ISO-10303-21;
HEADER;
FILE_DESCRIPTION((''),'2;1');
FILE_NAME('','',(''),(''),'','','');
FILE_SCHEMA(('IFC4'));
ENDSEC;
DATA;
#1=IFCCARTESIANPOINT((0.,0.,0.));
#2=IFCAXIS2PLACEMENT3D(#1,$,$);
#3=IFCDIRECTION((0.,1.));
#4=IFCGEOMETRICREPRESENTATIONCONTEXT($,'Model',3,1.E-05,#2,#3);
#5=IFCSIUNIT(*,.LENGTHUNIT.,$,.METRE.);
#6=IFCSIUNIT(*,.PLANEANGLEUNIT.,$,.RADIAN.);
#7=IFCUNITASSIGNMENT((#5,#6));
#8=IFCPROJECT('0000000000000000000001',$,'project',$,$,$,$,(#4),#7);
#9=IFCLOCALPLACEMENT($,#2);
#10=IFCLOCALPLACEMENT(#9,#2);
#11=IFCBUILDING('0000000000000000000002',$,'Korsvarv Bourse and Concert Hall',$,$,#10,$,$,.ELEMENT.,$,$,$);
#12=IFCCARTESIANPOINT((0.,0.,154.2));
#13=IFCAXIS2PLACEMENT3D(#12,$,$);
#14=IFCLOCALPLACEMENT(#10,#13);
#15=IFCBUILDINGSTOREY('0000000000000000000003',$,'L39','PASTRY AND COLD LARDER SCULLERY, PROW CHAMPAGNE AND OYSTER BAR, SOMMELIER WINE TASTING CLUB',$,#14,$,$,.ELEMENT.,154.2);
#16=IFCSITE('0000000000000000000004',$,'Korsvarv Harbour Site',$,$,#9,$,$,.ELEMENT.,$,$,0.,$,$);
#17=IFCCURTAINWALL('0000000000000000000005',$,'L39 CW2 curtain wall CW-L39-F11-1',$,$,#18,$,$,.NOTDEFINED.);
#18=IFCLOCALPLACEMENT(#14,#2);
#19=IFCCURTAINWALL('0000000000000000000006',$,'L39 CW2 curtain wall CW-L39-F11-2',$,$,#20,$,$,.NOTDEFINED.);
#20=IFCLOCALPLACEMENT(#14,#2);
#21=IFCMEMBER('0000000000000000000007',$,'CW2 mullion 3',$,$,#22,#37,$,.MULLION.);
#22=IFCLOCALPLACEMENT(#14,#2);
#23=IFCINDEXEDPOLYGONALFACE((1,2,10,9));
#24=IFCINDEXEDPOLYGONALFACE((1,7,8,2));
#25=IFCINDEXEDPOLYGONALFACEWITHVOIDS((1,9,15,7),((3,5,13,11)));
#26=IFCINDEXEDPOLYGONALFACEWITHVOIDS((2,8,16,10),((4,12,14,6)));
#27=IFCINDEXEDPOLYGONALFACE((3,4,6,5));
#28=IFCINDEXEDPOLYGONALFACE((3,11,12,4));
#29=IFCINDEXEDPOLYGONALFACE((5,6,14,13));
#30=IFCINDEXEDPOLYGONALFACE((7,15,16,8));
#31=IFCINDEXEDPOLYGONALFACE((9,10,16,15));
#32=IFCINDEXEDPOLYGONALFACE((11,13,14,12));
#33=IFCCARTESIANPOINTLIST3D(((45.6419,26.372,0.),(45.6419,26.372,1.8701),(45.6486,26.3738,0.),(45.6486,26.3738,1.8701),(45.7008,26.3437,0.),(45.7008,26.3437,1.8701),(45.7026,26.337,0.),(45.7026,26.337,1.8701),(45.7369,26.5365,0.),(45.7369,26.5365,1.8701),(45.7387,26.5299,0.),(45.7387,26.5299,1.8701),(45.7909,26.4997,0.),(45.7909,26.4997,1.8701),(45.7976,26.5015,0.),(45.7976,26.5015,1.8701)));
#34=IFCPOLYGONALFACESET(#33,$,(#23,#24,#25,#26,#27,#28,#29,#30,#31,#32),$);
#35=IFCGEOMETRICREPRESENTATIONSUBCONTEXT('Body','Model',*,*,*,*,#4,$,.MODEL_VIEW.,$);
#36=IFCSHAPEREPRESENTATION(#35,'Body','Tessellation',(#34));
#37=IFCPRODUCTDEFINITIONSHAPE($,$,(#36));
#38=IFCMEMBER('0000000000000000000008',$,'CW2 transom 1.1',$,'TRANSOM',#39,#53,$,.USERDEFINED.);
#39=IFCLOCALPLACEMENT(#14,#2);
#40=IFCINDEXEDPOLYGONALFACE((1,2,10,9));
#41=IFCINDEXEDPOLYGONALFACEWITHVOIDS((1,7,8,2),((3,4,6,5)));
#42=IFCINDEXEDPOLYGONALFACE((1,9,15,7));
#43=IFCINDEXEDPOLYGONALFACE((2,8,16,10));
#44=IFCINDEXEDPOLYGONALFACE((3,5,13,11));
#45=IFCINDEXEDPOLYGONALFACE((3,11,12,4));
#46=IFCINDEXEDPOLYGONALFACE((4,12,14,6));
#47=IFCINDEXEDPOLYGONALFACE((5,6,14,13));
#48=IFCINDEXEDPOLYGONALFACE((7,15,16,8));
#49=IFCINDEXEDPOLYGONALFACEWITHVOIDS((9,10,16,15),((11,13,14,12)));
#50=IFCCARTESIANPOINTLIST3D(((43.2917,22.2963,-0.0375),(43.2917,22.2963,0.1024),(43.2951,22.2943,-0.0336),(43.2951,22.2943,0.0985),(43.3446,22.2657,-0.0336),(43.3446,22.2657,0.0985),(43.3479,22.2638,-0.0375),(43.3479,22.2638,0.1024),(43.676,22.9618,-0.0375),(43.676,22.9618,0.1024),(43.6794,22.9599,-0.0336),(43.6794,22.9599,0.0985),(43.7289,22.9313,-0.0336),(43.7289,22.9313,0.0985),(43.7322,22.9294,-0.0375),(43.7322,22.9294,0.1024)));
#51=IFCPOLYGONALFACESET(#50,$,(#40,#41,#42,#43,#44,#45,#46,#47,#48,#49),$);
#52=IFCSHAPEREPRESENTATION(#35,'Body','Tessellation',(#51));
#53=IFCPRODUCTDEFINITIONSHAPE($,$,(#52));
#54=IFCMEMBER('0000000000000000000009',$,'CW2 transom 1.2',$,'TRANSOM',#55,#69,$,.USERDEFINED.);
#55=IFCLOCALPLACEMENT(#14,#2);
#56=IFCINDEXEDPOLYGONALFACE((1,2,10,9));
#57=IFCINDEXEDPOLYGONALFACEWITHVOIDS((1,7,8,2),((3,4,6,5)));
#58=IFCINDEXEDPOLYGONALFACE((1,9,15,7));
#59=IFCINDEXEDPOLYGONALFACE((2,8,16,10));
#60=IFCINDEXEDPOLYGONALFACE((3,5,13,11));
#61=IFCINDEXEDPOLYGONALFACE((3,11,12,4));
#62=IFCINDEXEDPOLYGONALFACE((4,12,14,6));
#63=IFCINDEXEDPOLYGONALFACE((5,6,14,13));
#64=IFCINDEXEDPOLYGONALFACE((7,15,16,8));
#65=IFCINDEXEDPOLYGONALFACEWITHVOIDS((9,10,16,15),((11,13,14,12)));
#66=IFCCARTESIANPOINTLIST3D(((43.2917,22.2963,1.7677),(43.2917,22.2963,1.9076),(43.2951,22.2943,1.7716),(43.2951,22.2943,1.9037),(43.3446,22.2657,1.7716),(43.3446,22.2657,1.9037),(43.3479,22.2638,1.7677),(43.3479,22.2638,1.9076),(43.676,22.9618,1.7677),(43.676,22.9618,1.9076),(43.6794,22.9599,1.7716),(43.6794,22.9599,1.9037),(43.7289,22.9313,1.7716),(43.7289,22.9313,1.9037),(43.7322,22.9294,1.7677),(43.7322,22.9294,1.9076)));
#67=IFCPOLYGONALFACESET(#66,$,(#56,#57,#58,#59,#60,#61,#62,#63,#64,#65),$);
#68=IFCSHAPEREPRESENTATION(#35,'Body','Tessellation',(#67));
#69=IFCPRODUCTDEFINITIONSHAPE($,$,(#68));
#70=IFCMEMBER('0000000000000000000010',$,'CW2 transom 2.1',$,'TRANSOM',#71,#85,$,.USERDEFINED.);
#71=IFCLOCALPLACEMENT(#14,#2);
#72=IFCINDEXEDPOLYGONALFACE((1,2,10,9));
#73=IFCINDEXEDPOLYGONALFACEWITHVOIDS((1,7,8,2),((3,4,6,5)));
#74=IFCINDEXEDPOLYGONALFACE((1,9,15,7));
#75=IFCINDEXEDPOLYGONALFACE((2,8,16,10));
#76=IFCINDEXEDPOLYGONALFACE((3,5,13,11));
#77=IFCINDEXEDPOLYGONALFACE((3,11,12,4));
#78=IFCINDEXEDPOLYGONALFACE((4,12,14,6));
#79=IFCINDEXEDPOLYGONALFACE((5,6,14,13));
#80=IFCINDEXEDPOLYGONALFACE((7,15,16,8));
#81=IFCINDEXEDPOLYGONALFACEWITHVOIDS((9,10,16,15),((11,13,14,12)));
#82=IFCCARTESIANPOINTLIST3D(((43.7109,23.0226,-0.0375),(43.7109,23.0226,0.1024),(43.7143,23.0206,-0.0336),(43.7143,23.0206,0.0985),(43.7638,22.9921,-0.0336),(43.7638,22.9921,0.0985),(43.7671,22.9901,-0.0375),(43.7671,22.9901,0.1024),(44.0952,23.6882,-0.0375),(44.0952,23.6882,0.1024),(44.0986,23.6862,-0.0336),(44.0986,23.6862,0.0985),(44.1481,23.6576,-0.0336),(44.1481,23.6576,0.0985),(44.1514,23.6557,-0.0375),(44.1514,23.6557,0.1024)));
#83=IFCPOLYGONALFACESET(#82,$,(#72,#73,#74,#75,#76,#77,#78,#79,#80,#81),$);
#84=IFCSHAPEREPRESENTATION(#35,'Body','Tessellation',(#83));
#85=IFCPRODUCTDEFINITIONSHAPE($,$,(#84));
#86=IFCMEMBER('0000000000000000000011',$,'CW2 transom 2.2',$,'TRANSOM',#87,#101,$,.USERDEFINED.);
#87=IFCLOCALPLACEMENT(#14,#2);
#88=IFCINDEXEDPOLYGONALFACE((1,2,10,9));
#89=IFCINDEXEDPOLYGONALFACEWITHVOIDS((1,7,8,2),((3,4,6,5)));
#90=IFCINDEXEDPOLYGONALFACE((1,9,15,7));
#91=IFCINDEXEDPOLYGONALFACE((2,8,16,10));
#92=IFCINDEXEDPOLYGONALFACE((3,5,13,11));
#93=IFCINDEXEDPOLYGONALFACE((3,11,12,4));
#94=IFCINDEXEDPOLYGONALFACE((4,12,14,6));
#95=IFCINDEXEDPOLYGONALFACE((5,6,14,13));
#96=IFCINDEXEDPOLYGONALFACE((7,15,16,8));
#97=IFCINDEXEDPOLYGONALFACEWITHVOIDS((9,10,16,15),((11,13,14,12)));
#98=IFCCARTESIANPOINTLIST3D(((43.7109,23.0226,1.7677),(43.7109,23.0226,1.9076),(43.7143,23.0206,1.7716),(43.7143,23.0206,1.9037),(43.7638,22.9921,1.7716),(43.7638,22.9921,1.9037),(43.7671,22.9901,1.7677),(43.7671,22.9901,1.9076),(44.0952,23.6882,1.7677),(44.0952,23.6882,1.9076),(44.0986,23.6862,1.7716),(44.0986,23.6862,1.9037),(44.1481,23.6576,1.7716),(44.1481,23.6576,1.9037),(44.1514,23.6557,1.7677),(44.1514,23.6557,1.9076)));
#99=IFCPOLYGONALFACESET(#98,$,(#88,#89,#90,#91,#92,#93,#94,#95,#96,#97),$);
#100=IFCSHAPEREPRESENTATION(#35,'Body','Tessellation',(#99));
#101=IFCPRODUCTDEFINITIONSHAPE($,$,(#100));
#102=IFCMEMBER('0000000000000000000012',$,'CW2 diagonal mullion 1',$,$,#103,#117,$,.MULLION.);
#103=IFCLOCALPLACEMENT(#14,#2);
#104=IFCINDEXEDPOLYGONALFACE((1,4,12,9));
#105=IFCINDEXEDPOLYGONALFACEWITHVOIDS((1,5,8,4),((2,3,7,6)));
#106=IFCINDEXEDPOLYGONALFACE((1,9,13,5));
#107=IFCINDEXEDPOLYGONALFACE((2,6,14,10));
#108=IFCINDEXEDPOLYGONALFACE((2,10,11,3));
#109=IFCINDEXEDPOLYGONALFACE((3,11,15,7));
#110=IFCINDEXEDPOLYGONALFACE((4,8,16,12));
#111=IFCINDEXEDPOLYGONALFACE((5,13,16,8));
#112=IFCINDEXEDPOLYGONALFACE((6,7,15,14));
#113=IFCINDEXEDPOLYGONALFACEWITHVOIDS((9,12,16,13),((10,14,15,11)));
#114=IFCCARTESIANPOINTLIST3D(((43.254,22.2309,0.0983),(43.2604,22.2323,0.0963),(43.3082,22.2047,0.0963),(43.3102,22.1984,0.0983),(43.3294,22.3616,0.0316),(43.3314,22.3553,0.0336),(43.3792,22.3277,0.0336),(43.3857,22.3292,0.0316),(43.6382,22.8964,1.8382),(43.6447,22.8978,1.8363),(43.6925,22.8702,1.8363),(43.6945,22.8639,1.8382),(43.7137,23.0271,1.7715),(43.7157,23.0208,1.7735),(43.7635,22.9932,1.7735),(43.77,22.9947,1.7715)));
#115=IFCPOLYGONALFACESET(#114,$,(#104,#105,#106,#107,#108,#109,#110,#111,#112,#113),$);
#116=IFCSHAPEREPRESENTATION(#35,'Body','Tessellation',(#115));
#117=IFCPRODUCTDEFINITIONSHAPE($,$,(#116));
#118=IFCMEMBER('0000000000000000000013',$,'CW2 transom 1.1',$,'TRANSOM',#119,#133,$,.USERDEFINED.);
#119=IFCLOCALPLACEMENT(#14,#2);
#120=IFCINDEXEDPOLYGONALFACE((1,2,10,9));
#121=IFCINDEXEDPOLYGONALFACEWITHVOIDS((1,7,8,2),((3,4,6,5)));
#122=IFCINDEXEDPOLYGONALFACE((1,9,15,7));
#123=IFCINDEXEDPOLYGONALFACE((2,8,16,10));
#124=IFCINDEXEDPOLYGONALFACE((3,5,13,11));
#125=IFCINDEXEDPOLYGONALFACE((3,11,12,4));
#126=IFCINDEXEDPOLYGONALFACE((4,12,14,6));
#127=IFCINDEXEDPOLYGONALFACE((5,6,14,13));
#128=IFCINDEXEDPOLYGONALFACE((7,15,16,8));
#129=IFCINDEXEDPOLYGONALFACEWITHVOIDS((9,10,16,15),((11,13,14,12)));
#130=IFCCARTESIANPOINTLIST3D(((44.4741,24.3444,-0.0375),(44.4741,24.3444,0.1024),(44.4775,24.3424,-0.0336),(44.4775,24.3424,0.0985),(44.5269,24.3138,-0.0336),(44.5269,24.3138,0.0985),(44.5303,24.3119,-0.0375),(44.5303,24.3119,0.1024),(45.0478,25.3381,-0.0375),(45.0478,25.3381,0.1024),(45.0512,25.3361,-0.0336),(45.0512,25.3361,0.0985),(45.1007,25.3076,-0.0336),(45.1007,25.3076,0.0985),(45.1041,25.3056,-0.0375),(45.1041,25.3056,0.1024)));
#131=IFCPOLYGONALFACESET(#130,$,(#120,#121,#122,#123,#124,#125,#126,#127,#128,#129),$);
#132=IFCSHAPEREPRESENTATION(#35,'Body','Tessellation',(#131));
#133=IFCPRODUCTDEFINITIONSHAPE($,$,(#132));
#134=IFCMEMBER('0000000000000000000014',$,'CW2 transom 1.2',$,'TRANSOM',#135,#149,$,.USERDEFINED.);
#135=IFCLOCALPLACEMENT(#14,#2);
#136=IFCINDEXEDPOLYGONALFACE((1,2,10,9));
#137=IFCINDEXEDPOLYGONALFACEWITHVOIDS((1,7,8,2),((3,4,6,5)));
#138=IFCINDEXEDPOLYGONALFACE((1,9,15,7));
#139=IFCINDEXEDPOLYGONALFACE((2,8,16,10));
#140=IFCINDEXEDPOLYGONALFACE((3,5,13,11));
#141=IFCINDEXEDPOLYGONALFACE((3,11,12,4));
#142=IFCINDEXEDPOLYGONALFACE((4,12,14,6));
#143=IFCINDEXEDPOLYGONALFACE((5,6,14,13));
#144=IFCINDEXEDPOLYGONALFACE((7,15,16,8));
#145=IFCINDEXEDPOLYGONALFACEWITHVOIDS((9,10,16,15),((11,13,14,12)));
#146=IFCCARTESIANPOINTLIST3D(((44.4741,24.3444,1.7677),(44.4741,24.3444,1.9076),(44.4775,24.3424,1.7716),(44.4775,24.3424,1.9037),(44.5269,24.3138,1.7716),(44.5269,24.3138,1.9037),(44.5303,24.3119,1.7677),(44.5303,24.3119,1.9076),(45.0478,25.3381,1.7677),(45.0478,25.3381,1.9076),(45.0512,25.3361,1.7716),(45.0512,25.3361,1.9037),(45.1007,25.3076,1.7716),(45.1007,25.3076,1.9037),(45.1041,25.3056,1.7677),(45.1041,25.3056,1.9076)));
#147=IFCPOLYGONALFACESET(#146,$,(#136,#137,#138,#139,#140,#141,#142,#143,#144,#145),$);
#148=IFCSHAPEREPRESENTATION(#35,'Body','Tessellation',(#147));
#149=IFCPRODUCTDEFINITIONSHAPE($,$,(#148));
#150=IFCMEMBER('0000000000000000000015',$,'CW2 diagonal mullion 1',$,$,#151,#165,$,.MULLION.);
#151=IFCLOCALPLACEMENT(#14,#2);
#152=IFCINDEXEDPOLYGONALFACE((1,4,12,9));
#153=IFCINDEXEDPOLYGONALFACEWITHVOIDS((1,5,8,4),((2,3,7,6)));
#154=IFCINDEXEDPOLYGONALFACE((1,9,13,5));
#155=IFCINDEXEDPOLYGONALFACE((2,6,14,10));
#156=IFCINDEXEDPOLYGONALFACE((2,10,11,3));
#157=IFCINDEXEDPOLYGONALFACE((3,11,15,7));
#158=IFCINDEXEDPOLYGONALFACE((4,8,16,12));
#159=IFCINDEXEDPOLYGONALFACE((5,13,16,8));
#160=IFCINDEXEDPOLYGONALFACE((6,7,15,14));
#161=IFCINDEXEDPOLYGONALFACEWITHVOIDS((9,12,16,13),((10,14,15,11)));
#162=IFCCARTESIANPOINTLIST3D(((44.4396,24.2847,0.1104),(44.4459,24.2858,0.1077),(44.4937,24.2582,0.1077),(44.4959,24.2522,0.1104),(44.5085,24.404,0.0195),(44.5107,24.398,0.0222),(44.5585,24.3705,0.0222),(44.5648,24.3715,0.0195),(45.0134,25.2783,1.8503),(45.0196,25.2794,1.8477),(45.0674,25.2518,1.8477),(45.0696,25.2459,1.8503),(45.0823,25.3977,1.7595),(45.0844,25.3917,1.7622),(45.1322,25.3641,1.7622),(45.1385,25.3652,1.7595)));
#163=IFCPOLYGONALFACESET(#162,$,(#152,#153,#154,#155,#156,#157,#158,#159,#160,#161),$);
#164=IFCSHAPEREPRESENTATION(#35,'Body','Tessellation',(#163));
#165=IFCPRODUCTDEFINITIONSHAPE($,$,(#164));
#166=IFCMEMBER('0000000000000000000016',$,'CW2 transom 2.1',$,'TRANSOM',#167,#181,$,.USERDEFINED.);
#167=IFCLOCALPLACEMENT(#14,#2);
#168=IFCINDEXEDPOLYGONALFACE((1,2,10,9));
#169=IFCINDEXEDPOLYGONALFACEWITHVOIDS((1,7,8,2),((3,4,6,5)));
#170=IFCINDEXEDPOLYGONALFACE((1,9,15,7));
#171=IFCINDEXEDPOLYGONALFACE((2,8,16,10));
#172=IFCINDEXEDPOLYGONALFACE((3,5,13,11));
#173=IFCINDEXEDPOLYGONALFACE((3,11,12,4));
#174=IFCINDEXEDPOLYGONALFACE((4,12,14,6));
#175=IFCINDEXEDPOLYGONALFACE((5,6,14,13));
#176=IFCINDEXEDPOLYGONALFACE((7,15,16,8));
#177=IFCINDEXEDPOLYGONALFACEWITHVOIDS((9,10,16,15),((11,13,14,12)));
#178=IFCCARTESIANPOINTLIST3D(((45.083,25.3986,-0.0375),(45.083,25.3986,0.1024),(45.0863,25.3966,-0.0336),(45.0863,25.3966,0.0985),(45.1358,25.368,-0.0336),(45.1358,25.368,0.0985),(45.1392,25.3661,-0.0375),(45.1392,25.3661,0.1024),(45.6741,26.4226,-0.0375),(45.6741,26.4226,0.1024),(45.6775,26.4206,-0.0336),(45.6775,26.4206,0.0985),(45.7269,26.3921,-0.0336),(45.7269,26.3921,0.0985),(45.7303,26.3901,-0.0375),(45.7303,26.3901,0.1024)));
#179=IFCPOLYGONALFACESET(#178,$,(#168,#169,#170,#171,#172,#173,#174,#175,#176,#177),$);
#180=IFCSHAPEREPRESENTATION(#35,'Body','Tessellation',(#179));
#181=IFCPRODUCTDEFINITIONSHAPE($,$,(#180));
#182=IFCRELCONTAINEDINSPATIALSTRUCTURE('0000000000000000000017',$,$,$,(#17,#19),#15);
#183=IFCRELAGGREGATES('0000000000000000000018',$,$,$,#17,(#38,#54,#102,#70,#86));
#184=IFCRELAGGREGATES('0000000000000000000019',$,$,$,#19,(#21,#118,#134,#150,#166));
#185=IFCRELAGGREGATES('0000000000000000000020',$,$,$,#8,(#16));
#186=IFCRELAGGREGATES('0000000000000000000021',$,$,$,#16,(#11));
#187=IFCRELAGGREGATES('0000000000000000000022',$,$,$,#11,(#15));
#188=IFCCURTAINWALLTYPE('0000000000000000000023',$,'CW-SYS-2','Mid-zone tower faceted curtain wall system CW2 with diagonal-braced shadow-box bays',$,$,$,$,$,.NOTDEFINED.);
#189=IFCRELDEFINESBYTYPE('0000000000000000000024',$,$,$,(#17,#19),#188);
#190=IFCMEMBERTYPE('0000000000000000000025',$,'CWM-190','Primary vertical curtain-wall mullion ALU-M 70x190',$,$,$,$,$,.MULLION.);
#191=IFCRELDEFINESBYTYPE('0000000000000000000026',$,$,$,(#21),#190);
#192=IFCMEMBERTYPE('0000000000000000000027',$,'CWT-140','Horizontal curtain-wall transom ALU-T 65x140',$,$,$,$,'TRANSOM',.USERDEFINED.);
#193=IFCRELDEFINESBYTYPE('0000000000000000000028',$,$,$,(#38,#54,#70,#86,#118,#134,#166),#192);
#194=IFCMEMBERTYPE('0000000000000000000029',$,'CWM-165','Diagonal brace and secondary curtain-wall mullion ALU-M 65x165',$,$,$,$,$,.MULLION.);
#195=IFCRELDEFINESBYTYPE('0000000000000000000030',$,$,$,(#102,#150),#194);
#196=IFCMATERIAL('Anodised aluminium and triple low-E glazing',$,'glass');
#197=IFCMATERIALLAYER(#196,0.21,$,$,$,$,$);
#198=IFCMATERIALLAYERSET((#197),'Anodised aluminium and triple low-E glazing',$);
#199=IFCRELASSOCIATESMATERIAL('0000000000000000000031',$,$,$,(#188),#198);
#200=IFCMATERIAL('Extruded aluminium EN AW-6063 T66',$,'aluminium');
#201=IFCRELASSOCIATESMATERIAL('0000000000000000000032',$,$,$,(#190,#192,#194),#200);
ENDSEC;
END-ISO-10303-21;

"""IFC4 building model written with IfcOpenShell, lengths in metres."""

from ifc_helpers import new_model, si_unit, direction, frame, origin, origin_2d, place, context, subcontext, project, spatial, hollow_rectangle, extrude, source, transform, mapped, material, layer, layer_set, material_profile, profile_set, type_object, element, aggregate, save


model = new_model("IFC4")

# Units and contexts
model_context = context("Model", 3, precision=1e-05, world=origin(), true_north=direction((0.0, 1.0)))
body_context = subcontext(model_context, "Body", "Model", "MODEL_VIEW")
ifc_project = project(units=[si_unit("LENGTHUNIT", "METRE"), si_unit("PLANEANGLEUNIT", "RADIAN")], contexts=[model_context])

# Site, building, storey
site_placement = place(None, origin())
site = spatial("IfcSite", under=ifc_project, at=site_placement, Name="Korsvarv Harbour Site", CompositionType="ELEMENT", RefElevation=0.0)
building_placement = place(site_placement, origin())
building = spatial("IfcBuilding", under=site, at=building_placement, Name="Korsvarv Bourse and Concert Hall", CompositionType="ELEMENT")
storey_placement = place(building_placement, frame((0.0, 0.0, 154.2)))
storey = spatial("IfcBuildingStorey", under=building, at=storey_placement, Name="L39", Description="PASTRY AND COLD LARDER SCULLERY, PROW CHAMPAGNE AND OYSTER BAR, SOMMELIER WINE TASTING CLUB", CompositionType="ELEMENT", Elevation=154.2)

# Curtain walls, member
ifc_material_1 = material(Name="Anodised aluminium and triple low-E glazing", Category="glass")
ifc_layer_1 = layer(ifc_material_1, 0.21)
ifc_layer_set_1 = layer_set([ifc_layer_1], Name="Anodised aluminium and triple low-E glazing")
curtain_wall_type = type_object("IfcCurtainWallType", Name="CW-SYS-2", Description="Mid-zone tower faceted curtain wall system CW2 with diagonal-braced shadow-box bays", PredefinedType="NOTDEFINED", material=ifc_layer_set_1)
curtain_wall_1_placement = place(storey_placement, origin())
curtain_wall_1 = element("IfcCurtainWall", 1, at=curtain_wall_1_placement, inside=storey, type_object=curtain_wall_type, Name="L39 CW2 curtain wall CW-L39-F11-1", PredefinedType="NOTDEFINED")
ifc_material_2 = material(Name="Extruded aluminium EN AW-6063 T66", Category="aluminium")
ifc_material_profile_1 = material_profile(ifc_material_2, hollow_rectangle(XDim=0.0701, YDim=0.1899, WallThickness=0.0049, at=origin_2d()), Name="ALU-M 70x190")
ifc_profile_set_1 = profile_set([ifc_material_profile_1], Name="Extruded aluminium EN AW-6063 T66")
member_type_1 = type_object("IfcMemberType", Name="CWM-190", Description="Primary vertical curtain-wall mullion ALU-M 70x190", PredefinedType="MULLION", material=ifc_profile_set_1)
shared_shape_1 = source(origin(), body_context, "Body", "SweptSolid", [
    extrude(hollow_rectangle(XDim=0.0701, YDim=0.1899, WallThickness=0.0049, at=origin_2d()), origin(), (0.0, 0.0, 1.0), 1.8701),
])
curtain_wall_2_placement = place(storey_placement, origin())
curtain_wall_2 = element("IfcCurtainWall", 2, at=curtain_wall_2_placement, inside=storey, type_object=curtain_wall_type, Name="L39 CW2 curtain wall CW-L39-F11-2", PredefinedType="NOTDEFINED")
member_1_placement = place(storey_placement, frame((45.7197, 26.4368, 0.0), z_axis=(0.0, 0.0, 1.0), x_axis=(-0.866023, 0.500005, 0.0)))
member_1 = element("IfcMember", 3, at=member_1_placement, type_object=member_type_1, Name="CW2 mullion 3", PredefinedType="MULLION", context=body_context, shape_type="MappedRepresentation", body=[
    mapped(shared_shape_1, transform((0.0, 0.0, 0.0), scale=1.0)),
])

# Members
ifc_material_profile_2 = material_profile(ifc_material_2, hollow_rectangle(XDim=0.0649, YDim=0.1399, WallThickness=0.0039, at=origin_2d()), Name="ALU-T 65x140")
ifc_profile_set_2 = profile_set([ifc_material_profile_2], Name="Extruded aluminium EN AW-6063 T66")
member_type_2 = type_object("IfcMemberType", Name="CWT-140", Description="Horizontal curtain-wall transom ALU-T 65x140", ElementType="TRANSOM", PredefinedType="USERDEFINED", material=ifc_profile_set_2)
shared_shape_2 = source(origin(), body_context, "Body", "SweptSolid", [
    extrude(hollow_rectangle(XDim=0.0649, YDim=0.1399, WallThickness=0.0039, at=origin_2d()), origin(), (0.0, 0.0, 1.0), 0.7686),
])
member_2_placement = place(storey_placement, frame((43.3198, 22.28, 0.0325), z_axis=(0.500034, 0.866006, 0.0), x_axis=(-0.866006, 0.500034, 0.0)))
member_2 = element("IfcMember", 4, at=member_2_placement, type_object=member_type_2, Name="CW2 transom 1.1", ObjectType="TRANSOM", PredefinedType="USERDEFINED", context=body_context, shape_type="MappedRepresentation", body=[
    mapped(shared_shape_2, transform((0.0, 0.0, 0.0), scale=1.0)),
])
member_3_placement = place(storey_placement, frame((43.3198, 22.28, 1.8376), z_axis=(0.500034, 0.866006, 0.0), x_axis=(-0.866006, 0.500034, 0.0)))
member_3 = element("IfcMember", 5, at=member_3_placement, type_object=member_type_2, Name="CW2 transom 1.2", ObjectType="TRANSOM", PredefinedType="USERDEFINED", context=body_context, shape_type="MappedRepresentation", body=[
    mapped(shared_shape_2, transform((0.0, 0.0, 0.0), scale=1.0)),
])
member_4_placement = place(storey_placement, frame((43.739, 23.0063, 0.0325), z_axis=(0.500034, 0.866006, 0.0), x_axis=(-0.866006, 0.500034, 0.0)))
member_4 = element("IfcMember", 6, at=member_4_placement, type_object=member_type_2, Name="CW2 transom 2.1", ObjectType="TRANSOM", PredefinedType="USERDEFINED", context=body_context, shape_type="MappedRepresentation", body=[
    mapped(shared_shape_2, transform((0.0, 0.0, 0.0), scale=1.0)),
])
member_5_placement = place(storey_placement, frame((43.739, 23.0063, 1.8376), z_axis=(0.500034, 0.866006, 0.0), x_axis=(-0.866006, 0.500034, 0.0)))
member_5 = element("IfcMember", 7, at=member_5_placement, type_object=member_type_2, Name="CW2 transom 2.2", ObjectType="TRANSOM", PredefinedType="USERDEFINED", context=body_context, shape_type="MappedRepresentation", body=[
    mapped(shared_shape_2, transform((0.0, 0.0, 0.0), scale=1.0)),
])
ifc_material_profile_3 = material_profile(ifc_material_2, hollow_rectangle(XDim=0.0649, YDim=0.165, WallThickness=0.0049, at=origin_2d()), Name="ALU-M 65x165")
ifc_profile_set_3 = profile_set([ifc_material_profile_3], Name="Extruded aluminium EN AW-6063 T66")
member_type_3 = type_object("IfcMemberType", Name="CWM-165", Description="Diagonal brace and secondary curtain-wall mullion ALU-M 65x165", PredefinedType="MULLION", material=ifc_profile_set_3)
shared_shape_3 = source(origin(), body_context, "Body", "SweptSolid", [
    extrude(hollow_rectangle(XDim=0.0649, YDim=0.165, WallThickness=0.0049, at=origin_2d()), origin(), (0.0, 0.0, 1.0), 1.9021),
])
member_6_placement = place(storey_placement, frame((43.3198, 22.28, 0.0649), z_axis=(0.202023, 0.349882, 0.914751), x_axis=(-0.866006, 0.500034, 0.0)))
member_6 = element("IfcMember", 8, at=member_6_placement, type_object=member_type_3, Name="CW2 diagonal mullion 1", PredefinedType="MULLION", context=body_context, shape_type="MappedRepresentation", body=[
    mapped(shared_shape_3, transform((0.0, 0.0, 0.0), scale=1.0)),
])
shared_shape_4 = source(origin(), body_context, "Body", "SweptSolid", [
    extrude(hollow_rectangle(XDim=0.0649, YDim=0.1399, WallThickness=0.0039, at=origin_2d()), origin(), (0.0, 0.0, 1.0), 1.1475),
])
member_7_placement = place(storey_placement, frame((44.5022, 24.3281, 0.0325), z_axis=(0.500029, 0.866008, 0.0), x_axis=(-0.866008, 0.500029, 0.0)))
member_7 = element("IfcMember", 9, at=member_7_placement, type_object=member_type_2, Name="CW2 transom 1.1", ObjectType="TRANSOM", PredefinedType="USERDEFINED", context=body_context, shape_type="MappedRepresentation", body=[
    mapped(shared_shape_4, transform((0.0, 0.0, 0.0), scale=1.0)),
])
member_8_placement = place(storey_placement, frame((44.5022, 24.3281, 1.8376), z_axis=(0.500029, 0.866008, 0.0), x_axis=(-0.866008, 0.500029, 0.0)))
member_8 = element("IfcMember", 10, at=member_8_placement, type_object=member_type_2, Name="CW2 transom 1.2", ObjectType="TRANSOM", PredefinedType="USERDEFINED", context=body_context, shape_type="MappedRepresentation", body=[
    mapped(shared_shape_4, transform((0.0, 0.0, 0.0), scale=1.0)),
])
shared_shape_5 = source(origin(), body_context, "Body", "SweptSolid", [
    extrude(hollow_rectangle(XDim=0.0649, YDim=0.165, WallThickness=0.0049, at=origin_2d()), origin(), (0.0, 0.0, 1.0), 2.0842),
])
member_9_placement = place(storey_placement, frame((44.5022, 24.3281, 0.0649), z_axis=(0.27527, 0.476744, 0.83483), x_axis=(-0.866008, 0.500029, 0.0)))
member_9 = element("IfcMember", 11, at=member_9_placement, type_object=member_type_3, Name="CW2 diagonal mullion 1", PredefinedType="MULLION", context=body_context, shape_type="MappedRepresentation", body=[
    mapped(shared_shape_5, transform((0.0, 0.0, 0.0), scale=1.0)),
])
shared_shape_6 = source(origin(), body_context, "Body", "SweptSolid", [
    extrude(hollow_rectangle(XDim=0.0649, YDim=0.1399, WallThickness=0.0039, at=origin_2d()), origin(), (0.0, 0.0, 1.0), 1.1824),
])
member_10_placement = place(storey_placement, frame((45.1111, 25.3823, 0.0325), z_axis=(0.499937, 0.866062, 0.0), x_axis=(-0.866062, 0.499937, 0.0)))
member_10 = element("IfcMember", 12, at=member_10_placement, type_object=member_type_2, Name="CW2 transom 2.1", ObjectType="TRANSOM", PredefinedType="USERDEFINED", context=body_context, shape_type="MappedRepresentation", body=[
    mapped(shared_shape_6, transform((0.0, 0.0, 0.0), scale=1.0)),
])

aggregate(curtain_wall_1, [member_2, member_3, member_6, member_4, member_5])
aggregate(curtain_wall_2, [member_1, member_7, member_8, member_9, member_10])

save(model, "model.ifc")
